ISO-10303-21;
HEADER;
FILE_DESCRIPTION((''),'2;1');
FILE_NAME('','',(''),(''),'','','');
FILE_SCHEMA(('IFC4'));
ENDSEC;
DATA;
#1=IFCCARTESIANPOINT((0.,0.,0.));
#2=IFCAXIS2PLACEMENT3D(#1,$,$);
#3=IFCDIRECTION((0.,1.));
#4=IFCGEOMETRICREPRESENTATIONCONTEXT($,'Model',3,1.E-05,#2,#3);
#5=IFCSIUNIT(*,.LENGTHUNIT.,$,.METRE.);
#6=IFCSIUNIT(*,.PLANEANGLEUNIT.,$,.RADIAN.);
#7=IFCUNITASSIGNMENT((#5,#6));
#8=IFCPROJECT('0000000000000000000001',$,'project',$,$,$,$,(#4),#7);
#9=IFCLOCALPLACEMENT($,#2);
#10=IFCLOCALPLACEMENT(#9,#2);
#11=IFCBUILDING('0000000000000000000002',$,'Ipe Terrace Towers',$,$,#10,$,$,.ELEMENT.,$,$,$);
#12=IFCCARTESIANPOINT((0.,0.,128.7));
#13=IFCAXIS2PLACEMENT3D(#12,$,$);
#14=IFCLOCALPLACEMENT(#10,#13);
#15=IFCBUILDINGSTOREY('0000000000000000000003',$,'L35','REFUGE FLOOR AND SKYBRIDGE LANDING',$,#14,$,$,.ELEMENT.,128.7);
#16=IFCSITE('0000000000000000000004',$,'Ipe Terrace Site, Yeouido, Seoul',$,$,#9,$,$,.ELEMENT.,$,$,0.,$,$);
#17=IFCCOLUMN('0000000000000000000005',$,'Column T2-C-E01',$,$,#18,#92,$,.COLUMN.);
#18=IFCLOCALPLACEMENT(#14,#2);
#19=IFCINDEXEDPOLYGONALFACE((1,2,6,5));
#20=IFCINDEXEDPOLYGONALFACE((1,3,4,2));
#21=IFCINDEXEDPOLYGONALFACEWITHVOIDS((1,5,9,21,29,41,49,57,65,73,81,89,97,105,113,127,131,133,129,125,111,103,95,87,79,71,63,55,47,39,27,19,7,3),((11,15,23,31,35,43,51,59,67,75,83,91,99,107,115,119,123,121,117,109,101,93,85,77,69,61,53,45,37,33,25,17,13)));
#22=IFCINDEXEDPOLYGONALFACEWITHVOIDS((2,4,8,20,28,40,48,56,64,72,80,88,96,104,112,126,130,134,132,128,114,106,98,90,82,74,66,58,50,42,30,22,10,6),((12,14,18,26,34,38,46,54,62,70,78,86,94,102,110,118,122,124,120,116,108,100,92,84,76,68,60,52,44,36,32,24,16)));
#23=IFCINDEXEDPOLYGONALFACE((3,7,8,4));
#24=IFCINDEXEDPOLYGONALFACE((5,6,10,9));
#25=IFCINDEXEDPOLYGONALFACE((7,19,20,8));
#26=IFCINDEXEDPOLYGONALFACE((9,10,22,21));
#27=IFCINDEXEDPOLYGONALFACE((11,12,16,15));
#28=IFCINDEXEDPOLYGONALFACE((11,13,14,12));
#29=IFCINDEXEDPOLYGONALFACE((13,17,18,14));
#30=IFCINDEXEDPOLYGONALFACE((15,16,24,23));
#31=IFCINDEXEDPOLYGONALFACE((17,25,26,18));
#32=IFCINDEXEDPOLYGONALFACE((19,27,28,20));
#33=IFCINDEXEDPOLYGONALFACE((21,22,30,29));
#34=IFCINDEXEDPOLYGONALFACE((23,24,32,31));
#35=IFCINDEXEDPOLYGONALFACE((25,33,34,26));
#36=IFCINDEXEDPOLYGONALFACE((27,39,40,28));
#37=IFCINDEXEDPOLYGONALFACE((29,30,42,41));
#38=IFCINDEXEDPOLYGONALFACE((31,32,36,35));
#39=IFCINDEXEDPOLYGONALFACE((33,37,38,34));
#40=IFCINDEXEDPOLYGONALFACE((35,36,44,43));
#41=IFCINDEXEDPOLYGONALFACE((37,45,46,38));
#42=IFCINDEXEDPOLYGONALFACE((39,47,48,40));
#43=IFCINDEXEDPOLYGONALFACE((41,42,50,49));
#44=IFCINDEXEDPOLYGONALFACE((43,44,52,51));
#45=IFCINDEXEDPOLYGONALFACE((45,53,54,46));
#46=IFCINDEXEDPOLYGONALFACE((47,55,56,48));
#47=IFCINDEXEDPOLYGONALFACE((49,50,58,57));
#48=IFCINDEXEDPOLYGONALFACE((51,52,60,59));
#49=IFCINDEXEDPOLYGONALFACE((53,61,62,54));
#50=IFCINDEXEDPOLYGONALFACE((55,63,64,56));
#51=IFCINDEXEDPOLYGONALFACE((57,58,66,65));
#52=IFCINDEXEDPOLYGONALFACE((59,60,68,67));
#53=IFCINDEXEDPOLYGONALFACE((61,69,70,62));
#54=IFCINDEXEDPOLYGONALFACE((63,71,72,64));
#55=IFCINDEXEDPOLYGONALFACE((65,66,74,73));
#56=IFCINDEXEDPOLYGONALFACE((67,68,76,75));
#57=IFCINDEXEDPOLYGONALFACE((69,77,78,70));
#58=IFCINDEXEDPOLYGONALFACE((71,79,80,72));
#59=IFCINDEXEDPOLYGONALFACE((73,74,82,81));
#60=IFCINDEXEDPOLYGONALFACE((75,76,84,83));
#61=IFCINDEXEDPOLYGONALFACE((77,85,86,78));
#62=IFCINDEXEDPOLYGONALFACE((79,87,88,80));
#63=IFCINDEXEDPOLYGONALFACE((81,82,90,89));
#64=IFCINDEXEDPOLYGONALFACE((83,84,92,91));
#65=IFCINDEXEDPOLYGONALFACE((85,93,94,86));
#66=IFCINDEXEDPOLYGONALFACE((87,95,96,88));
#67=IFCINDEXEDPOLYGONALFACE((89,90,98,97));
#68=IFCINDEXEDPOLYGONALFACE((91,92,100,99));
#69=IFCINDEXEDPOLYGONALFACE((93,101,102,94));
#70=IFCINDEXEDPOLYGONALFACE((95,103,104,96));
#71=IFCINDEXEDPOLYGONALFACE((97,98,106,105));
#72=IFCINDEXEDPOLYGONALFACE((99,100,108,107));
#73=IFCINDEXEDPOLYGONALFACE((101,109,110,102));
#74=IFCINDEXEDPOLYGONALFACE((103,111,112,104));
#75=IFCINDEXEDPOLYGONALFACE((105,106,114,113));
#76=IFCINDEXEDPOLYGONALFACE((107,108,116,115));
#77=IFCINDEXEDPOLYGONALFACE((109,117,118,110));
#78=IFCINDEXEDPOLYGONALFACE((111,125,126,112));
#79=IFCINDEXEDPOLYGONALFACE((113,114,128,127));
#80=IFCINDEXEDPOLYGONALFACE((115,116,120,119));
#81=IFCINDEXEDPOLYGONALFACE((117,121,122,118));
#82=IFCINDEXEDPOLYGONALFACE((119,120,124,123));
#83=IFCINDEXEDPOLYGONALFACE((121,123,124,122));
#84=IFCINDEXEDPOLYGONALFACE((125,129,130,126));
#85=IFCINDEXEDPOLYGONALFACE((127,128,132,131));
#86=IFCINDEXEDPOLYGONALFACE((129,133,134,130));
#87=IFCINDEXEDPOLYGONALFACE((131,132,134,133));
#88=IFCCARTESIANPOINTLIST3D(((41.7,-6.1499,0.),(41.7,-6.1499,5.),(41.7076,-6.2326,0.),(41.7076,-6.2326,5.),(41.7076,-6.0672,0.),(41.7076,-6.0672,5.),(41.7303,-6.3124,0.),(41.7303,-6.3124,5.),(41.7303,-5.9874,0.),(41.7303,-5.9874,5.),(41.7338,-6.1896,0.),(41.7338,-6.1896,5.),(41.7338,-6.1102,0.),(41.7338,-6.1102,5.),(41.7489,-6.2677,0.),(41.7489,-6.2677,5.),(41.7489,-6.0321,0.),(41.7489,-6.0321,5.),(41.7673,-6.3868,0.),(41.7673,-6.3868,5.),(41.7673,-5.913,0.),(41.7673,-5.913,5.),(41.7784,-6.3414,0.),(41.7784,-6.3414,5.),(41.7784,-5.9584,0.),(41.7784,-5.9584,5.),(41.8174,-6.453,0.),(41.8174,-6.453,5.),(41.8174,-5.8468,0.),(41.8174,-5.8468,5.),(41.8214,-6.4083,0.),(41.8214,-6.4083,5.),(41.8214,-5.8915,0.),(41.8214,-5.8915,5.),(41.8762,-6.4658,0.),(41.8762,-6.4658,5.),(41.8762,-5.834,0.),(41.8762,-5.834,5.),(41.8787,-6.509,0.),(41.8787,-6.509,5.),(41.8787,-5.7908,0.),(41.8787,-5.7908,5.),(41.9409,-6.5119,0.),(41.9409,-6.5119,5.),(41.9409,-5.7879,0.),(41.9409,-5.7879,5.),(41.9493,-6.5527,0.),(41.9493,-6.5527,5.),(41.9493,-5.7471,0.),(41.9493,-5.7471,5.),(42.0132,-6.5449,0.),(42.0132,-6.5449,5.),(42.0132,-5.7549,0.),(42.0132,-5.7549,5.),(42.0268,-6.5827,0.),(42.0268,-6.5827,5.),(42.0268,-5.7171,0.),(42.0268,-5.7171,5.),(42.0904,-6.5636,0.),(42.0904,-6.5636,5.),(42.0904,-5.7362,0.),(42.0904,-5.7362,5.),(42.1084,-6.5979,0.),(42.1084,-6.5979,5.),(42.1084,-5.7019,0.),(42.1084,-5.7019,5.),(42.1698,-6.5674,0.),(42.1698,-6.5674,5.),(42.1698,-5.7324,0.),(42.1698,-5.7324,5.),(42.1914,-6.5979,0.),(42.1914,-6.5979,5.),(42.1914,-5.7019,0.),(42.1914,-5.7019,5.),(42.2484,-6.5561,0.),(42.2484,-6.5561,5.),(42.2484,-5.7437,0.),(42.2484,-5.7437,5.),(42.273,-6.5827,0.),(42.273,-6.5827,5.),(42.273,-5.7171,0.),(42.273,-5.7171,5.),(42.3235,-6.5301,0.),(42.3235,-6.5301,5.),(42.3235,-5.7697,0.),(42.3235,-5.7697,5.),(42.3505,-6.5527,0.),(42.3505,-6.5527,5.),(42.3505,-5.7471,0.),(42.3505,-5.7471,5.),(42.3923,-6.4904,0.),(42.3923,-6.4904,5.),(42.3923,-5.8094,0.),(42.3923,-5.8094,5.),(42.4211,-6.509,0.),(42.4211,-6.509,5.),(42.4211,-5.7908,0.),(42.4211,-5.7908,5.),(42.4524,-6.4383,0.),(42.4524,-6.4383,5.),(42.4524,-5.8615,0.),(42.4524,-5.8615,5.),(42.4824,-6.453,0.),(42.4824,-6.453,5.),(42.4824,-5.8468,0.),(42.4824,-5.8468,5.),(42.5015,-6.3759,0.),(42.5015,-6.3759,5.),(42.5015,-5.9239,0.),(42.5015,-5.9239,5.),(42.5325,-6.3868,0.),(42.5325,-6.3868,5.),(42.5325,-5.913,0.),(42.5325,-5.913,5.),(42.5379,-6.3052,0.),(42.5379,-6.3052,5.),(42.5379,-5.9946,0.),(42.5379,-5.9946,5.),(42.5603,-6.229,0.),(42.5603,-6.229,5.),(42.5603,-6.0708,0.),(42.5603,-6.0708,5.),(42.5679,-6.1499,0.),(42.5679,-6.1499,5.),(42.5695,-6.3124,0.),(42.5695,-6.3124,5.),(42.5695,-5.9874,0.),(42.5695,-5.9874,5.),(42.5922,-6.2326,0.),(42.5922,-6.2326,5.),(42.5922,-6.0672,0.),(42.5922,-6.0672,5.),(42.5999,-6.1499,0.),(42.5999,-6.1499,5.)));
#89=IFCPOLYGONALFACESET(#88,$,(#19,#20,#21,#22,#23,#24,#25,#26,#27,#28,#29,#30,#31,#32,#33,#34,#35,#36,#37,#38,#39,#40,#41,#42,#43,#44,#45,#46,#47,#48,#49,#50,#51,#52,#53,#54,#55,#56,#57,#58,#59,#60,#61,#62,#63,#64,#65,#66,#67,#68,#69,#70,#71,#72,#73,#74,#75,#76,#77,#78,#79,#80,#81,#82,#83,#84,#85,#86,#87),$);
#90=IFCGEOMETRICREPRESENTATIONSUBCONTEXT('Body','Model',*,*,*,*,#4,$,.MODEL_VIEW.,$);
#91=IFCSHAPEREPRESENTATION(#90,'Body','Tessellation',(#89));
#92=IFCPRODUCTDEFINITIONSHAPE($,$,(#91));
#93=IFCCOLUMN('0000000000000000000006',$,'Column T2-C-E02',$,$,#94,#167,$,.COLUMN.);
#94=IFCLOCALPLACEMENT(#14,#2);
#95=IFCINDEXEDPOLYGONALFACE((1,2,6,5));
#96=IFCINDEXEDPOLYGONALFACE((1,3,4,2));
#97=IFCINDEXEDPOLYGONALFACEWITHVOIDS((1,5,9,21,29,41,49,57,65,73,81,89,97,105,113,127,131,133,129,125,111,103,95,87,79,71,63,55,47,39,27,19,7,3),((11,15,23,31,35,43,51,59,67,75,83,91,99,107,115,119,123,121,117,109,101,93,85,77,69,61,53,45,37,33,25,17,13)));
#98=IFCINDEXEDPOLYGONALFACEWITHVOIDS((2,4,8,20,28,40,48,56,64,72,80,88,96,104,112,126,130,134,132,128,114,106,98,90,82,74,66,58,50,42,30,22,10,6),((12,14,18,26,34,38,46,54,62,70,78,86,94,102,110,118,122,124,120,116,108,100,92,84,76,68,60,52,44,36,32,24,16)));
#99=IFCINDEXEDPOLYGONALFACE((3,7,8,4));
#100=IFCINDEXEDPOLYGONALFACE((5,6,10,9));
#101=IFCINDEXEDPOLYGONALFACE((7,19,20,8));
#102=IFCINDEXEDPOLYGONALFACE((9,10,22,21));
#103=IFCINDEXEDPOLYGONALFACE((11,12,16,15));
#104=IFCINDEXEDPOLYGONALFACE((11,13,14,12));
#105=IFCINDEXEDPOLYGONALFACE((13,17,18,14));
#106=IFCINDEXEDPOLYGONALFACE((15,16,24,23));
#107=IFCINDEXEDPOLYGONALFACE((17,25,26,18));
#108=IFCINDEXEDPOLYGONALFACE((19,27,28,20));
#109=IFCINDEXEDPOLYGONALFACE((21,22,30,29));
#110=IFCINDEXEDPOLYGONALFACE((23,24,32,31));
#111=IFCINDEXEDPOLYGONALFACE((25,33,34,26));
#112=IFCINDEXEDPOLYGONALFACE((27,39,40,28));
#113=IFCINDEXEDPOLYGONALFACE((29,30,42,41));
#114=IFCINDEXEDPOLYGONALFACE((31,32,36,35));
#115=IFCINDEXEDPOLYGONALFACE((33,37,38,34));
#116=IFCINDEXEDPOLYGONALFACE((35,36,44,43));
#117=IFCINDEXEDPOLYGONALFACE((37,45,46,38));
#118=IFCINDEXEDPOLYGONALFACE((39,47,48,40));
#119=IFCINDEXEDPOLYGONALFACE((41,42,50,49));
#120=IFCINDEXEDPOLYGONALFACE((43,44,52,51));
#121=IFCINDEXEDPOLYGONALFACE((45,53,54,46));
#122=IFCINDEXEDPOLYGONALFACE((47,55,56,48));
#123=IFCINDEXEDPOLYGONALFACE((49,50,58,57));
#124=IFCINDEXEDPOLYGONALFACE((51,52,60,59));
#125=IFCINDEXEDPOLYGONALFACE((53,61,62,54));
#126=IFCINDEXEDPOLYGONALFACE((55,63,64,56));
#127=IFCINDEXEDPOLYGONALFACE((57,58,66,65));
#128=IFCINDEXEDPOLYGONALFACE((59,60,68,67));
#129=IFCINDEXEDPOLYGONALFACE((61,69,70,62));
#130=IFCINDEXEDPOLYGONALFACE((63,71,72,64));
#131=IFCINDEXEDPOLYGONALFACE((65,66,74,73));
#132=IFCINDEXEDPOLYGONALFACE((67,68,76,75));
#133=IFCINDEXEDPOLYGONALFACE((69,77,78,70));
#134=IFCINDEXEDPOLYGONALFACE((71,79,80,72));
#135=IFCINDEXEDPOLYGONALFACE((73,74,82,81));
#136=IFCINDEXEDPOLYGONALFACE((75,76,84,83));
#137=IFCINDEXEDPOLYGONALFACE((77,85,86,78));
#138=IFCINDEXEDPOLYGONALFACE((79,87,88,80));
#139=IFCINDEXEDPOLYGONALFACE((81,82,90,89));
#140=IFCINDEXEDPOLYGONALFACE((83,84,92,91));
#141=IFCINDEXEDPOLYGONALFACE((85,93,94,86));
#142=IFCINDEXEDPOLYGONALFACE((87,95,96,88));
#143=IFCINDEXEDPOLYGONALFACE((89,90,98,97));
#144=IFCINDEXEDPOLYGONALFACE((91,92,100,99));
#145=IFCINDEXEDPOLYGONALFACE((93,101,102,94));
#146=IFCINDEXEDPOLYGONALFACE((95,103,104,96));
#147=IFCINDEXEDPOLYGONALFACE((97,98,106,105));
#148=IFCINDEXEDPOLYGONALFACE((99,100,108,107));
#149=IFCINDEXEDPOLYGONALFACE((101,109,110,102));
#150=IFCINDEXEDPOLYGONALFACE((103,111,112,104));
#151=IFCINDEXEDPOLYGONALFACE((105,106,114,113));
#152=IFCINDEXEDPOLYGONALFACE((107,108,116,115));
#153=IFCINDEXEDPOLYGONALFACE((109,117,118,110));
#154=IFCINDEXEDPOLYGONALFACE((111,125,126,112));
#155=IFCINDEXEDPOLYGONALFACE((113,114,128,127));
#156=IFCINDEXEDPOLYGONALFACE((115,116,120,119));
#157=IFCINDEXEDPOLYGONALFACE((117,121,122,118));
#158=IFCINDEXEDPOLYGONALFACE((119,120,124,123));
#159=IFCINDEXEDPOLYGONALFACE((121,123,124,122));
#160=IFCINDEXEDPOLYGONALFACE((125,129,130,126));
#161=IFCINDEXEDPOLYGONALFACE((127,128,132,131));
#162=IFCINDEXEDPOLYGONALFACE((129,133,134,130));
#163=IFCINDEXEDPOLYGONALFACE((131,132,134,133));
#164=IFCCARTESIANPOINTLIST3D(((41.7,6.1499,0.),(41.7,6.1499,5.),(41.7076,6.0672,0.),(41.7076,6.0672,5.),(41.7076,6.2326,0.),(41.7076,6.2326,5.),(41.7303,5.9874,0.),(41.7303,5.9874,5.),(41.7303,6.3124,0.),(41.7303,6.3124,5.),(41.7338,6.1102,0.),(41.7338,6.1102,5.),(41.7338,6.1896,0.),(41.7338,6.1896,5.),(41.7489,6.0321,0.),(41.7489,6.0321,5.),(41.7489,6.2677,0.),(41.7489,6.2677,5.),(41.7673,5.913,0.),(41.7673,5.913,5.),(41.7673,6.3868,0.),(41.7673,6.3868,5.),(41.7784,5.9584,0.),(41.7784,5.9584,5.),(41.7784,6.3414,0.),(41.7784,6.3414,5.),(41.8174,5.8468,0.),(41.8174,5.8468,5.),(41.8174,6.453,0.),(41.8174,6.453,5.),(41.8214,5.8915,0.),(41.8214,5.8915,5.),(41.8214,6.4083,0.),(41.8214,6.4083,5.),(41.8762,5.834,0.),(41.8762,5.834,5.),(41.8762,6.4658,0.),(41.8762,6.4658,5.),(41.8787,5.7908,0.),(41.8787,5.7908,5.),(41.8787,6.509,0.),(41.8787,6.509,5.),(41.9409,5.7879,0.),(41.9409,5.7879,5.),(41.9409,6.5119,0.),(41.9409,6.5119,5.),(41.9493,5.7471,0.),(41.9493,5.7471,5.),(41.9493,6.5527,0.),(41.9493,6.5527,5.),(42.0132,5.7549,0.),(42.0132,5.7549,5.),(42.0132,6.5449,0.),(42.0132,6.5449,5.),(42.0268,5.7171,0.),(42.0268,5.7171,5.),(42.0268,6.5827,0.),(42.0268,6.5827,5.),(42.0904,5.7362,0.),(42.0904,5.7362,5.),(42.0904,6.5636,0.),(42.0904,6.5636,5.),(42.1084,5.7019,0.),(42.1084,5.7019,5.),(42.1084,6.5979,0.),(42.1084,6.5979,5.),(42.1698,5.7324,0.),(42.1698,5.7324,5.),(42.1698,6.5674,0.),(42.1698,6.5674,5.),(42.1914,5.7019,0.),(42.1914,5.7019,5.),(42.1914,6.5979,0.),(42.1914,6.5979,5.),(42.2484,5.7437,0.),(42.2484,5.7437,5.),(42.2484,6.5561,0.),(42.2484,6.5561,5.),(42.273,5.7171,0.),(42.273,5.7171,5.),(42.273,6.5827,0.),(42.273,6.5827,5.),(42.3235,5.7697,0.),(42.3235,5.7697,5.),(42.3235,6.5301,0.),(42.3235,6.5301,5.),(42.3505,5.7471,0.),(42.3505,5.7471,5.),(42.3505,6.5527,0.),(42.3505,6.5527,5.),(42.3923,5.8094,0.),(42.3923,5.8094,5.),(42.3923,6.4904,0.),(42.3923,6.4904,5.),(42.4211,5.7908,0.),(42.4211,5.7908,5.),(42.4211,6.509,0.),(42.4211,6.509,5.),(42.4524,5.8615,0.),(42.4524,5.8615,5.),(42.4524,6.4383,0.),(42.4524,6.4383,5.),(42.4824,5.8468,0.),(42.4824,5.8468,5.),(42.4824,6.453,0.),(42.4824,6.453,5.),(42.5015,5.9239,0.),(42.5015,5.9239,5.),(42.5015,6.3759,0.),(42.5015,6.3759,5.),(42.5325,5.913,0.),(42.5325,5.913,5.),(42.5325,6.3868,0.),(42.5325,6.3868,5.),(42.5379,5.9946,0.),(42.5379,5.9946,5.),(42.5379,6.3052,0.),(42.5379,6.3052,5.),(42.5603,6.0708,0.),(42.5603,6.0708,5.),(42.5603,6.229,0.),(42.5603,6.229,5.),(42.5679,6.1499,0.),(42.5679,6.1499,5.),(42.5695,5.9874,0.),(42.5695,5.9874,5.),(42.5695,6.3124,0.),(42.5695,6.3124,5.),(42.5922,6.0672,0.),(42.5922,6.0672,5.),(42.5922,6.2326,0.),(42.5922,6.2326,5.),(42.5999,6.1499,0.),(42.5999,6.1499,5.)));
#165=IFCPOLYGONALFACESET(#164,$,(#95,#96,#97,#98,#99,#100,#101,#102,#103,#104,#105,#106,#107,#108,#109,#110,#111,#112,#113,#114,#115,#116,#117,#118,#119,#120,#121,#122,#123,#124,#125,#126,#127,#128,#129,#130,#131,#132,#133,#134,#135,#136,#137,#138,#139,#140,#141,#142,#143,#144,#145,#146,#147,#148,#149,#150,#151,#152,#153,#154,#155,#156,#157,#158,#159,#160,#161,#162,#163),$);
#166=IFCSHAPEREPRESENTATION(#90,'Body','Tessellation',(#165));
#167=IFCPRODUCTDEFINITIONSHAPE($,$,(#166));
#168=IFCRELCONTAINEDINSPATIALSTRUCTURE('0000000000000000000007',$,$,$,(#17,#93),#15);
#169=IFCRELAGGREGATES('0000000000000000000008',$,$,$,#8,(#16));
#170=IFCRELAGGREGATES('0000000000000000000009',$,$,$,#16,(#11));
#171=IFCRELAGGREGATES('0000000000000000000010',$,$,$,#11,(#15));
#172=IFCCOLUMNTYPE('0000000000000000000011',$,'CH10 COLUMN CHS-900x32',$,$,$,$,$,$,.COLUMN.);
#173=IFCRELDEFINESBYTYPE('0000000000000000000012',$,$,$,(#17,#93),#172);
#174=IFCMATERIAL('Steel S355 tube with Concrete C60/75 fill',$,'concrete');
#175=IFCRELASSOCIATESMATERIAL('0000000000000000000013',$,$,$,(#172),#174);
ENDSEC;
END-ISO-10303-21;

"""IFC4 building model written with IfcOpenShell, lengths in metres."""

from ifc_helpers import new_model, si_unit, direction, frame, origin, origin_2d, place, context, subcontext, project, spatial, hollow_circle, extrude, material, material_profile, profile_set, type_object, element, save


model = new_model("IFC4")

# Units and contexts
model_context = context("Model", 3, precision=1e-05, world=origin(), true_north=direction((0.0, 1.0)))
body_context = subcontext(model_context, "Body", "Model", "MODEL_VIEW")
ifc_project = project(units=[si_unit("LENGTHUNIT", "METRE"), si_unit("PLANEANGLEUNIT", "RADIAN")], contexts=[model_context])

# Site, building, storey
site_placement = place(None, origin())
site = spatial("IfcSite", under=ifc_project, at=site_placement, Name="Ipe Terrace Site, Yeouido, Seoul", CompositionType="ELEMENT", RefElevation=0.0)
building_placement = place(site_placement, origin())
building = spatial("IfcBuilding", under=site, at=building_placement, Name="Ipe Terrace Towers", CompositionType="ELEMENT")
storey_placement = place(building_placement, frame((0.0, 0.0, 128.7)))
storey = spatial("IfcBuildingStorey", under=building, at=storey_placement, Name="L35", Description="REFUGE FLOOR AND SKYBRIDGE LANDING", CompositionType="ELEMENT", Elevation=128.7)

# Columns
ifc_material_1 = material(Name="Steel S355 tube with Concrete C60/75 fill", Category="concrete")
ifc_material_profile_1 = material_profile(ifc_material_1, hollow_circle(Radius=0.45, WallThickness=0.032, at=origin_2d()), Name="CHS-900x32")
ifc_profile_set_1 = profile_set([ifc_material_profile_1], Name="Steel S355 tube with Concrete C60/75 fill")
column_type = type_object("IfcColumnType", Name="CH10 COLUMN CHS-900x32", PredefinedType="COLUMN", material=ifc_profile_set_1)
for number, where, z_axis, x_axis, name in (
    (1, (42.1499, -6.1499, 0.0), (0.0, 0.0, 1.0), (1.0, 0.0, 0.0), "Column T2-C-E01"),
    (2, (42.1499, 6.1499, 0.0), (0.0, 0.0, 1.0), (1.0, 0.0, 0.0), "Column T2-C-E02"),
):
    element("IfcColumn", number, at=place(storey_placement, frame(where, z_axis=z_axis, x_axis=x_axis)), inside=storey, type_object=column_type, Name=name, PredefinedType="COLUMN", context=body_context, shape_type="SweptSolid", body=[
        extrude(hollow_circle(Radius=0.45, WallThickness=0.032, at=origin_2d()), origin(), (0.0, 0.0, 1.0), 5.0),
    ])

save(model, "model.ifc")
